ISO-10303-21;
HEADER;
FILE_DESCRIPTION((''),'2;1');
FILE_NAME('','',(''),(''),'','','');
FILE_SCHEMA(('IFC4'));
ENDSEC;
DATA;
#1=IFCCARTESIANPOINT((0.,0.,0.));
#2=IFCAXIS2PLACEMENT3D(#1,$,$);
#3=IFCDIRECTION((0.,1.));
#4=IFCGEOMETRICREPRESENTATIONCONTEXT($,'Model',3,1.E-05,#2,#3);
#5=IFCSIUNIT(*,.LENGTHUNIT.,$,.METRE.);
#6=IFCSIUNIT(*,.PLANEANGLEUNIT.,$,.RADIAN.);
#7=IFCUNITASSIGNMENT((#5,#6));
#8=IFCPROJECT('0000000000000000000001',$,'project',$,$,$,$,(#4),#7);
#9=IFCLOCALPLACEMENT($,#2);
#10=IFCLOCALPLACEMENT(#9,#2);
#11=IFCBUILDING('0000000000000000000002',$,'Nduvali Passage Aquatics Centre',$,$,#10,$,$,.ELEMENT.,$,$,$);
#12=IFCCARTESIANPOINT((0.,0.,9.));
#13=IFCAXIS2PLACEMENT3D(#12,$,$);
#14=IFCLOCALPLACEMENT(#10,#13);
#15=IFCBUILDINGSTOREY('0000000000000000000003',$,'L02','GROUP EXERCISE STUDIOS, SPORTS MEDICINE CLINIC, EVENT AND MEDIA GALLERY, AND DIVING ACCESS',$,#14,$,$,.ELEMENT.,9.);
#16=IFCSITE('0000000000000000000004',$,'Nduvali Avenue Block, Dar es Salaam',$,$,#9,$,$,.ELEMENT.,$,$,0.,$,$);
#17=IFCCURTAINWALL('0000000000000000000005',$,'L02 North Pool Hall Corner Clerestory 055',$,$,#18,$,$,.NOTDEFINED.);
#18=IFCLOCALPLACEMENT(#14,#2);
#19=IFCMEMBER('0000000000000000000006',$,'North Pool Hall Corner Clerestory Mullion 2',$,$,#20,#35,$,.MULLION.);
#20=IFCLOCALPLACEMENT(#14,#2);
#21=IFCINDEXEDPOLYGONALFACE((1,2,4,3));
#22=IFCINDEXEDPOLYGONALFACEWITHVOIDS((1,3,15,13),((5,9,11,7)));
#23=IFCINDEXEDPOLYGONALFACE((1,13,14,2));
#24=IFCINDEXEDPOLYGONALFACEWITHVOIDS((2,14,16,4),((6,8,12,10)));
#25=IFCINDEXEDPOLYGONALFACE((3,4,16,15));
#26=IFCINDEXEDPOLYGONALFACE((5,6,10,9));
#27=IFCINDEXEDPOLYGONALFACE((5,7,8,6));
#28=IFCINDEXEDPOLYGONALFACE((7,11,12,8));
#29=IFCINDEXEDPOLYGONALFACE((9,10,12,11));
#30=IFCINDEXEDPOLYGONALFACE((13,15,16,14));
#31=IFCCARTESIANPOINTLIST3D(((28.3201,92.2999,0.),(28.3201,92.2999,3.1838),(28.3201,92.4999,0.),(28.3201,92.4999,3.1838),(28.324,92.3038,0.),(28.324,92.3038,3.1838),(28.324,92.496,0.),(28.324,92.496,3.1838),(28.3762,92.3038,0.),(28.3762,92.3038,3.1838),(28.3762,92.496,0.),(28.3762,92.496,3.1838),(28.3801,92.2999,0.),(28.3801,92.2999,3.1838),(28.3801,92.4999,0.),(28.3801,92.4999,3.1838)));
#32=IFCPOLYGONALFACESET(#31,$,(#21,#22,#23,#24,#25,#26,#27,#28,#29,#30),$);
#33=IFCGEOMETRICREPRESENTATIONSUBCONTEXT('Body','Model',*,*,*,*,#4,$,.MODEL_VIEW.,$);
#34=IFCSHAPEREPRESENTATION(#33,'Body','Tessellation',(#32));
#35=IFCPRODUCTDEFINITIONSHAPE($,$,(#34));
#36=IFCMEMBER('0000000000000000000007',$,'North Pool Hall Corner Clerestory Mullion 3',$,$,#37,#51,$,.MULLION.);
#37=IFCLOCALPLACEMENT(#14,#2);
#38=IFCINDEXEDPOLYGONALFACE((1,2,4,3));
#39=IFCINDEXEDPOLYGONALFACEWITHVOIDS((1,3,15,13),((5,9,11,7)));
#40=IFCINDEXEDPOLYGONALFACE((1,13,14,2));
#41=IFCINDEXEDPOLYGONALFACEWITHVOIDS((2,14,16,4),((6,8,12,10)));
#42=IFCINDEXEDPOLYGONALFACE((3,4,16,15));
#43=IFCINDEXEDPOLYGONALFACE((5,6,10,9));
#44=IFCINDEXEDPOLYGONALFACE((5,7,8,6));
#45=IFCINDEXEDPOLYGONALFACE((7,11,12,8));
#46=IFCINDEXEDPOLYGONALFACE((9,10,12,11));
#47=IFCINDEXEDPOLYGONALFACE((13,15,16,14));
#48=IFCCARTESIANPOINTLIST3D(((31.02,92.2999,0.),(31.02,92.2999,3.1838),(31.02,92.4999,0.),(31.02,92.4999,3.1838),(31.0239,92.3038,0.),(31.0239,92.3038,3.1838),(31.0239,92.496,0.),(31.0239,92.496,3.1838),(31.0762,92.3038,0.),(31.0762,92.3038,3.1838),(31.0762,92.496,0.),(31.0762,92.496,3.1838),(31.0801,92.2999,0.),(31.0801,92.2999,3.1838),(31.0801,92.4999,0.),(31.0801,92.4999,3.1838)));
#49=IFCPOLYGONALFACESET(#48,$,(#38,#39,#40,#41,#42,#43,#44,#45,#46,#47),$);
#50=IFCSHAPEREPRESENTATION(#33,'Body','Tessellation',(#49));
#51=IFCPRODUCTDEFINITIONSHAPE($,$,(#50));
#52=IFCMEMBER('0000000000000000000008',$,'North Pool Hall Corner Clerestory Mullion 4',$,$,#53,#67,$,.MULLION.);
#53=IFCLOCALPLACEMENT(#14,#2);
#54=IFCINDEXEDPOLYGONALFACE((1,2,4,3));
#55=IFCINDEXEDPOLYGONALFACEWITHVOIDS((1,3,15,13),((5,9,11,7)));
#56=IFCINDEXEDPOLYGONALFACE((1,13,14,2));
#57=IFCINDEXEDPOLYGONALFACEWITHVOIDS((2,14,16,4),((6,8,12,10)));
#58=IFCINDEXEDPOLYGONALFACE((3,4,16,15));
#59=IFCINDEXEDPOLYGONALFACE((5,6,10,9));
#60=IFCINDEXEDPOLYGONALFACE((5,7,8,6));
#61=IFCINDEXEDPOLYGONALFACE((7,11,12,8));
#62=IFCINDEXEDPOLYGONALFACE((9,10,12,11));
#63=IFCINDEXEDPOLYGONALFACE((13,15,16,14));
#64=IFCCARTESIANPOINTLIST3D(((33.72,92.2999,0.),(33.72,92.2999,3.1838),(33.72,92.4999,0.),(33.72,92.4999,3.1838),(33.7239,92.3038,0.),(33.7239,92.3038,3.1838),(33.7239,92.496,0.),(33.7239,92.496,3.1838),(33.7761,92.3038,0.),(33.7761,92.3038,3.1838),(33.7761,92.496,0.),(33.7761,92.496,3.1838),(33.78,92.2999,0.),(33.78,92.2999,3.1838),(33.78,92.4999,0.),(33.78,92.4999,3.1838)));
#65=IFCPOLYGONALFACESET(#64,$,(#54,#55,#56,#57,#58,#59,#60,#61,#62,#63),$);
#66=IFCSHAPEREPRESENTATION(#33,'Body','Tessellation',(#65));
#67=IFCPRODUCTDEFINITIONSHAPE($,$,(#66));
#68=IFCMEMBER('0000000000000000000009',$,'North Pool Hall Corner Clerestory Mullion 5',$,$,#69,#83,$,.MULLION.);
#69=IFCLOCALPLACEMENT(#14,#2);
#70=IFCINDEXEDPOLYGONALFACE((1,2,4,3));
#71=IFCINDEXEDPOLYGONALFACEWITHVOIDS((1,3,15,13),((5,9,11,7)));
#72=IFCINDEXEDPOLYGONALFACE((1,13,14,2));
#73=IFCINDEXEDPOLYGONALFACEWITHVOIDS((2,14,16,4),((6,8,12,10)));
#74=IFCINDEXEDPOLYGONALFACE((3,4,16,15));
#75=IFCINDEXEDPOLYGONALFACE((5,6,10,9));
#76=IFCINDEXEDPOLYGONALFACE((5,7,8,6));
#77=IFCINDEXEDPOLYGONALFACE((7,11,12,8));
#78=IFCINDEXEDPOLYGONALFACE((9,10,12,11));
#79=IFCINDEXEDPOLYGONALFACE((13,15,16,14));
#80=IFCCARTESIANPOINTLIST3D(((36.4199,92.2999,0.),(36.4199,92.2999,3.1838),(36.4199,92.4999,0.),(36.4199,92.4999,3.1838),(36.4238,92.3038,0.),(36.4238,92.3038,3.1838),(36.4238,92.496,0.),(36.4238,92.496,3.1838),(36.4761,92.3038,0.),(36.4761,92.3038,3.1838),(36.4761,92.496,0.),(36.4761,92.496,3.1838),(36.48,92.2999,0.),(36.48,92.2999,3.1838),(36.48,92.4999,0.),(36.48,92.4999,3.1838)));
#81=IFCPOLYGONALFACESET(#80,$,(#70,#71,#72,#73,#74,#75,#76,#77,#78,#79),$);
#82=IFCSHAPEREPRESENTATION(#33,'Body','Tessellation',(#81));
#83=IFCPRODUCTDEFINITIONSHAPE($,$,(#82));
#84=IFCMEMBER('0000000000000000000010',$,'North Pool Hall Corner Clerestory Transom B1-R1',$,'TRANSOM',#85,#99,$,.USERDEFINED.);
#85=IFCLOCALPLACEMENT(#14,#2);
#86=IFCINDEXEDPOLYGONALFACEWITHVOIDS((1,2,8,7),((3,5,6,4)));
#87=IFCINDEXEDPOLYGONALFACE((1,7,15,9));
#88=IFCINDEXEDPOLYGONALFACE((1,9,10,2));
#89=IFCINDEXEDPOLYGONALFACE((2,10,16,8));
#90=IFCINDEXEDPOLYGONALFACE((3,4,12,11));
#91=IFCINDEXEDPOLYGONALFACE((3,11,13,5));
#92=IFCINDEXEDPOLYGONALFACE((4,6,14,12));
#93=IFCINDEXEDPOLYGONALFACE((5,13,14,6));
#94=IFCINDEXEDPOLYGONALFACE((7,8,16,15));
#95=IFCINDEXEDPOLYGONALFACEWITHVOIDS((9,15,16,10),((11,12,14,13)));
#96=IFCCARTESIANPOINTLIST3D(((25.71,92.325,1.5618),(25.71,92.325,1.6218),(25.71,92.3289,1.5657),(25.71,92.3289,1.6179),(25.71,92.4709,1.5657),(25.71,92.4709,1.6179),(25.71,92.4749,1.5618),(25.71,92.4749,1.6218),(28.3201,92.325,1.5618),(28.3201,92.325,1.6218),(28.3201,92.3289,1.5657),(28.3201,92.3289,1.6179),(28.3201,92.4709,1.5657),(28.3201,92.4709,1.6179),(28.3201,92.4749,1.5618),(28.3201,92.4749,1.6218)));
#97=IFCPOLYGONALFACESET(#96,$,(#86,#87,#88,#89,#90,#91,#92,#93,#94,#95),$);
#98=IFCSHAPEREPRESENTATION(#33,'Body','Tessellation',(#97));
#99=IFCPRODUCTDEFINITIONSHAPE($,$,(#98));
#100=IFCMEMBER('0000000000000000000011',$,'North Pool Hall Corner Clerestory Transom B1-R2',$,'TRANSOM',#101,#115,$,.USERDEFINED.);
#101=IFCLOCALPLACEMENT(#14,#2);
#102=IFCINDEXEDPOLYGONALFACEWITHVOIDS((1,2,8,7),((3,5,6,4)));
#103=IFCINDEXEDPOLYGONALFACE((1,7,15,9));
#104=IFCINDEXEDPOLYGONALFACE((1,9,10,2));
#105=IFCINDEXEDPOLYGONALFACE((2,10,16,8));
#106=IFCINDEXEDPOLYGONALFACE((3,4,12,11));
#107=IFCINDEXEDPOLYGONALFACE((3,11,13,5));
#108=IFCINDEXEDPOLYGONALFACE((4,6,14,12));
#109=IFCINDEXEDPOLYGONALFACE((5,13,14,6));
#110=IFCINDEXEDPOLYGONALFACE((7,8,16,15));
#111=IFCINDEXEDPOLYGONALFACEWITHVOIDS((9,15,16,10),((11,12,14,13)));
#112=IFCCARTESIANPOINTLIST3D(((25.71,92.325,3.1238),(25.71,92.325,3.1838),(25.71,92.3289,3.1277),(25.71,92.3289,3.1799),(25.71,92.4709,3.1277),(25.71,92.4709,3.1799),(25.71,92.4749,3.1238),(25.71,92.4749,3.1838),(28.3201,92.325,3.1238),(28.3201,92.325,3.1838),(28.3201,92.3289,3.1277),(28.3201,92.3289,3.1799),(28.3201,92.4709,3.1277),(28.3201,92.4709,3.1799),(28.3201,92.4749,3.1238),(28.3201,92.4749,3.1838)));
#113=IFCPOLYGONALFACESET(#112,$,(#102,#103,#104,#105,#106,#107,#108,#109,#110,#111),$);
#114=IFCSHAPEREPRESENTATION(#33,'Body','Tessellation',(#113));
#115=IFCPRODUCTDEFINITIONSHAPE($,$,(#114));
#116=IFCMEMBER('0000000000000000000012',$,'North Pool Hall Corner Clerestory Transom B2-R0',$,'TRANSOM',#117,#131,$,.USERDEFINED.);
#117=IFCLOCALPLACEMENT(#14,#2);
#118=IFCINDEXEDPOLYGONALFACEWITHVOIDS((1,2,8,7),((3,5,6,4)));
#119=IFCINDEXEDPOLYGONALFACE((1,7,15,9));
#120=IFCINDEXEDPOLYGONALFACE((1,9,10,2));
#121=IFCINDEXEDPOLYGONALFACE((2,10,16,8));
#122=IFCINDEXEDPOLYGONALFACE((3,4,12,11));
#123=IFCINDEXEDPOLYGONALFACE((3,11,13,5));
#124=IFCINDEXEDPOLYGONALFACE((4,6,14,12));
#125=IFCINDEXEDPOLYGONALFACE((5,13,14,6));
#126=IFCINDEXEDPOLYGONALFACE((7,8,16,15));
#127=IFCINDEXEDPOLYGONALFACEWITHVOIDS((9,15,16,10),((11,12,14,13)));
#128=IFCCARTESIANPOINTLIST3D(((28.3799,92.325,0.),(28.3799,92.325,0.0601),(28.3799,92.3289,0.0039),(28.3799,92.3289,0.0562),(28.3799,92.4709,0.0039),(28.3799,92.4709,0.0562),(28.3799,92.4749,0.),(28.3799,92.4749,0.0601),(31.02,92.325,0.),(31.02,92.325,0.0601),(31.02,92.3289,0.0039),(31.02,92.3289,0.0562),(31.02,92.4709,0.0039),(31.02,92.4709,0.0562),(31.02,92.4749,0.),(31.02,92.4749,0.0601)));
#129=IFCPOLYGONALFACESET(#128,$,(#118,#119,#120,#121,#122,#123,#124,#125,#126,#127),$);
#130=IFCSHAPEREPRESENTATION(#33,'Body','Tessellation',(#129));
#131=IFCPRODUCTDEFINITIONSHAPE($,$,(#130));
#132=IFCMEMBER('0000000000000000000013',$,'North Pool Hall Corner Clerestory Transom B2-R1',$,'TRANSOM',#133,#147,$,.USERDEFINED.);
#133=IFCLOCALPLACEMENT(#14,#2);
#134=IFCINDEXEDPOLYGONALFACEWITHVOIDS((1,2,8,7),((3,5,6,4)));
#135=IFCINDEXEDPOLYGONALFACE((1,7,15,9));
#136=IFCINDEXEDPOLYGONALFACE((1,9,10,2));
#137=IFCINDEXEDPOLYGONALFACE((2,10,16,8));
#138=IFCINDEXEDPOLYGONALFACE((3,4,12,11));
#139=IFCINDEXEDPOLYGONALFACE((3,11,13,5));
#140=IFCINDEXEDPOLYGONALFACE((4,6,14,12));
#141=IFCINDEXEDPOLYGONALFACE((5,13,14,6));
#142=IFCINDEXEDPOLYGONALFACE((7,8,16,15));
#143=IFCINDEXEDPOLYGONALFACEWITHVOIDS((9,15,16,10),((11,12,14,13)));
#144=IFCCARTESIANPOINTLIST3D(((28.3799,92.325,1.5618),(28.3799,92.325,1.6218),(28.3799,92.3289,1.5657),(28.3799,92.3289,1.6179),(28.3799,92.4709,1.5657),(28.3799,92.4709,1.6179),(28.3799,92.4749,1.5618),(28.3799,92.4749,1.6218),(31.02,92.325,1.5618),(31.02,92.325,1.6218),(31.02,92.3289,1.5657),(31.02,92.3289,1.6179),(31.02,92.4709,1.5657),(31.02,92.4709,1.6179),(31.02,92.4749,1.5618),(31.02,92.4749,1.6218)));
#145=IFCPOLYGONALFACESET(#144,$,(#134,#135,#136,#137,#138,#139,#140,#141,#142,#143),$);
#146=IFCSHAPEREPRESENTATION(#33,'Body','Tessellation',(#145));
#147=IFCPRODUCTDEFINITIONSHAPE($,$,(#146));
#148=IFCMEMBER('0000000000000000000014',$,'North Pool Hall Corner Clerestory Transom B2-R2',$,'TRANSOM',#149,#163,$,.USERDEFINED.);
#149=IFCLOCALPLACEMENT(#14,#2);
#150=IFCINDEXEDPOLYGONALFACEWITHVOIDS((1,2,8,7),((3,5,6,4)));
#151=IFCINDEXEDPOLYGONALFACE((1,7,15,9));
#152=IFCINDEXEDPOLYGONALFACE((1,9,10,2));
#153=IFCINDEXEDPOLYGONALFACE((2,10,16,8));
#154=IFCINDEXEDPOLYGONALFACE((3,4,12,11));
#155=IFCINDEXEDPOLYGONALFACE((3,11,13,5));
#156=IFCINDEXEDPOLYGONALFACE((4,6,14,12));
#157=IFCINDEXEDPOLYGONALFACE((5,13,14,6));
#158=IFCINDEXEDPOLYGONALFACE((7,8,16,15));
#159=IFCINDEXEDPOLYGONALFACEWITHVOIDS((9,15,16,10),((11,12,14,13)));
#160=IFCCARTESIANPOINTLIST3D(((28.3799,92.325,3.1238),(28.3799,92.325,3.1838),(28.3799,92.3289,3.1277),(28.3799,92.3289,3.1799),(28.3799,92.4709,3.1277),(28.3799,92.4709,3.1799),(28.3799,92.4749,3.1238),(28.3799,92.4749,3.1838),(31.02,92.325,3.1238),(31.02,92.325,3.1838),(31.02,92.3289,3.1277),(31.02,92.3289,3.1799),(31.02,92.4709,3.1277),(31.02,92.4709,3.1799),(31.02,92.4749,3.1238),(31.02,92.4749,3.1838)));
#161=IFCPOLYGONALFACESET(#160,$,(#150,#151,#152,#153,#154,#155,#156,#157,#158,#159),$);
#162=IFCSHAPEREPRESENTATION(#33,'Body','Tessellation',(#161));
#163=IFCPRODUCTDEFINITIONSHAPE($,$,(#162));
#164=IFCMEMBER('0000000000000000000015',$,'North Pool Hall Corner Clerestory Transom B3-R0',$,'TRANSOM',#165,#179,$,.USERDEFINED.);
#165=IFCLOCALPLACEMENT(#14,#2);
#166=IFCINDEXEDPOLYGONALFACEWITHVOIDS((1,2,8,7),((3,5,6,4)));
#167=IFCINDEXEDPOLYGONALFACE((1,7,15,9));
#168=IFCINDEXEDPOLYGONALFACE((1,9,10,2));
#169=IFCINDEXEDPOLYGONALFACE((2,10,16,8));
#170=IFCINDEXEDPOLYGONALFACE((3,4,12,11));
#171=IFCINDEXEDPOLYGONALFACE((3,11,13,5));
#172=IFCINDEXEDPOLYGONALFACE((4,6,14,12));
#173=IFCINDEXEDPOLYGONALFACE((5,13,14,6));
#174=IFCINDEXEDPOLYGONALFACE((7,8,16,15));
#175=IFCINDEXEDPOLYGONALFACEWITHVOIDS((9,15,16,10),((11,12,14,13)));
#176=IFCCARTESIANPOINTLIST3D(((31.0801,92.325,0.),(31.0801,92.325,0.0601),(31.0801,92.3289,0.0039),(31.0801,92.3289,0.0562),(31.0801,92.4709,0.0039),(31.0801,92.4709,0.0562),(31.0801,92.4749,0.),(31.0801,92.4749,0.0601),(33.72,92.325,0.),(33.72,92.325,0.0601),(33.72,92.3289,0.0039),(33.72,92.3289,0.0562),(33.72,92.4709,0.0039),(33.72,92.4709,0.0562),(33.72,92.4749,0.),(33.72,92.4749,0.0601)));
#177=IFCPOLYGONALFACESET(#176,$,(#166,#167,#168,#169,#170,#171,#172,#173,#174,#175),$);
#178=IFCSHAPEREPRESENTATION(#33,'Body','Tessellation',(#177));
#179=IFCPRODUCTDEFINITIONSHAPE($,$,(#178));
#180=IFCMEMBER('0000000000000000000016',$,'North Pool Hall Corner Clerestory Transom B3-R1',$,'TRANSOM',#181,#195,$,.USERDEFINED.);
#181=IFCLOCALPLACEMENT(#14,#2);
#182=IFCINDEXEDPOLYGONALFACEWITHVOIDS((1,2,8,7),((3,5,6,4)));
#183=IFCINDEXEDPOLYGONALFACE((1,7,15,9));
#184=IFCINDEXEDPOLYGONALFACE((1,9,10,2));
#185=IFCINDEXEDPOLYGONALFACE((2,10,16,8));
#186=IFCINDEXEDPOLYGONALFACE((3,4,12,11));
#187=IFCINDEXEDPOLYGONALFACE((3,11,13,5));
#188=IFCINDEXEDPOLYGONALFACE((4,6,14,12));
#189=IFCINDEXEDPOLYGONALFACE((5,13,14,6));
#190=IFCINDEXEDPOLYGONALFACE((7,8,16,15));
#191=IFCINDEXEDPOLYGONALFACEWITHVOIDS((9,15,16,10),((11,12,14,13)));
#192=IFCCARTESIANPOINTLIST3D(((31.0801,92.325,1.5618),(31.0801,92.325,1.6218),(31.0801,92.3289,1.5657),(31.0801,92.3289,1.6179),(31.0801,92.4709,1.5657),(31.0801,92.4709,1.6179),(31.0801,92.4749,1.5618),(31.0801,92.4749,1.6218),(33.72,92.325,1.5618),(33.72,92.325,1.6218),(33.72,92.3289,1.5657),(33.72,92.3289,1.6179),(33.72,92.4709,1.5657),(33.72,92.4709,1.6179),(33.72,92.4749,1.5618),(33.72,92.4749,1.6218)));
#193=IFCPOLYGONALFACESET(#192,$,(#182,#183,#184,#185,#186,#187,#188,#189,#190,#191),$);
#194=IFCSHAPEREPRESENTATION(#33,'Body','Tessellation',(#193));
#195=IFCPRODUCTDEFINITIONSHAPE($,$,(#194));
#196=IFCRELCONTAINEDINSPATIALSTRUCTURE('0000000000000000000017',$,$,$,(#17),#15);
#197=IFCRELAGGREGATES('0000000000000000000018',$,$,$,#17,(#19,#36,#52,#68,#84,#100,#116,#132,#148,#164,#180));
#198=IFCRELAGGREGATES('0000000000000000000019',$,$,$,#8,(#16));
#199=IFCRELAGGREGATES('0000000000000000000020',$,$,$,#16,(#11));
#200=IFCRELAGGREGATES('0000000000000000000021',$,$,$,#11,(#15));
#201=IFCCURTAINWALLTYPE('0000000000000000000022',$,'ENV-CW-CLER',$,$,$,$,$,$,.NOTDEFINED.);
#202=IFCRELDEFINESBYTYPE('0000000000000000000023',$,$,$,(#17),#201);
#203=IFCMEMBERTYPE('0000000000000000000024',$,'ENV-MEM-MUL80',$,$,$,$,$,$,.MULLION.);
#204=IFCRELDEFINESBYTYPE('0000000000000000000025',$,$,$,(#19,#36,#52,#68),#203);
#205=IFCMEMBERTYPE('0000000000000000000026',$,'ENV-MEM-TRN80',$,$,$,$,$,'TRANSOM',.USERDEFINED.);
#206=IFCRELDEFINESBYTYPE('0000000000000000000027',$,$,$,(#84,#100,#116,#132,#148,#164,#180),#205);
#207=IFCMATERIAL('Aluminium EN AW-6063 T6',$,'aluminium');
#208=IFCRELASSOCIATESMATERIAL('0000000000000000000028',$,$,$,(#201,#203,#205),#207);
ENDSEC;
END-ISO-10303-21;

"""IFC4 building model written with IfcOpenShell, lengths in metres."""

from ifc_helpers import new_model, si_unit, direction, frame, origin, origin_2d, place, context, subcontext, project, spatial, hollow_rectangle, extrude, material, material_profile, profile_set, type_object, element, aggregate, save


model = new_model("IFC4")

# Units and contexts
model_context = context("Model", 3, precision=1e-05, world=origin(), true_north=direction((0.0, 1.0)))
body_context = subcontext(model_context, "Body", "Model", "MODEL_VIEW")
ifc_project = project(units=[si_unit("LENGTHUNIT", "METRE"), si_unit("PLANEANGLEUNIT", "RADIAN")], contexts=[model_context])

# Site, building, storey
site_placement = place(None, origin())
site = spatial("IfcSite", under=ifc_project, at=site_placement, Name="Nduvali Avenue Block, Dar es Salaam", CompositionType="ELEMENT", RefElevation=0.0)
building_placement = place(site_placement, origin())
building = spatial("IfcBuilding", under=site, at=building_placement, Name="Nduvali Passage Aquatics Centre", CompositionType="ELEMENT")
storey_placement = place(building_placement, frame((0.0, 0.0, 9.0)))
storey = spatial("IfcBuildingStorey", under=building, at=storey_placement, Name="L02", Description="GROUP EXERCISE STUDIOS, SPORTS MEDICINE CLINIC, EVENT AND MEDIA GALLERY, AND DIVING ACCESS", CompositionType="ELEMENT", Elevation=9.0)

# Curtain wall, members
ifc_material_1 = material(Name="Aluminium EN AW-6063 T6", Category="aluminium")
curtain_wall_type = type_object("IfcCurtainWallType", Name="ENV-CW-CLER", PredefinedType="NOTDEFINED", material=ifc_material_1)
curtain_wall_placement = place(storey_placement, origin())
curtain_wall = element("IfcCurtainWall", 1, at=curtain_wall_placement, inside=storey, type_object=curtain_wall_type, Name="L02 North Pool Hall Corner Clerestory 055", PredefinedType="NOTDEFINED")
ifc_material_profile_1 = material_profile(ifc_material_1, hollow_rectangle(XDim=0.0601, YDim=0.2, WallThickness=0.0039, at=origin_2d()), Name="ALU MULLION 60x200x4")
ifc_profile_set_1 = profile_set([ifc_material_profile_1], Name="Aluminium EN AW-6063 T6")
member_type_1 = type_object("IfcMemberType", Name="ENV-MEM-MUL80", PredefinedType="MULLION", material=ifc_profile_set_1)
member_1_placement = place(storey_placement, frame((28.3501, 92.3999, 0.0), z_axis=(0.0, 0.0, 1.0), x_axis=(1.0, 0.0, 0.0)))
member_1 = element("IfcMember", 2, at=member_1_placement, type_object=member_type_1, Name="North Pool Hall Corner Clerestory Mullion 2", PredefinedType="MULLION", context=body_context, shape_type="SweptSolid", body=[
    extrude(hollow_rectangle(XDim=0.0601, YDim=0.2, WallThickness=0.0039, at=origin_2d()), origin(), (0.0, 0.0, 1.0), 3.1838),
])
member_2_placement = place(storey_placement, frame((31.05, 92.3999, 0.0), z_axis=(0.0, 0.0, 1.0), x_axis=(1.0, 0.0, 0.0)))
member_2 = element("IfcMember", 3, at=member_2_placement, type_object=member_type_1, Name="North Pool Hall Corner Clerestory Mullion 3", PredefinedType="MULLION", context=body_context, shape_type="SweptSolid", body=[
    extrude(hollow_rectangle(XDim=0.0601, YDim=0.2, WallThickness=0.0039, at=origin_2d()), origin(), (0.0, 0.0, 1.0), 3.1838),
])
member_3_placement = place(storey_placement, frame((33.75, 92.3999, 0.0), z_axis=(0.0, 0.0, 1.0), x_axis=(1.0, 0.0, 0.0)))
member_3 = element("IfcMember", 4, at=member_3_placement, type_object=member_type_1, Name="North Pool Hall Corner Clerestory Mullion 4", PredefinedType="MULLION", context=body_context, shape_type="SweptSolid", body=[
    extrude(hollow_rectangle(XDim=0.0601, YDim=0.2, WallThickness=0.0039, at=origin_2d()), origin(), (0.0, 0.0, 1.0), 3.1838),
])
member_4_placement = place(storey_placement, frame((36.45, 92.3999, 0.0), z_axis=(0.0, 0.0, 1.0), x_axis=(1.0, 0.0, 0.0)))
member_4 = element("IfcMember", 5, at=member_4_placement, type_object=member_type_1, Name="North Pool Hall Corner Clerestory Mullion 5", PredefinedType="MULLION", context=body_context, shape_type="SweptSolid", body=[
    extrude(hollow_rectangle(XDim=0.0601, YDim=0.2, WallThickness=0.0039, at=origin_2d()), origin(), (0.0, 0.0, 1.0), 3.1838),
])
ifc_material_profile_2 = material_profile(ifc_material_1, hollow_rectangle(XDim=0.1499, YDim=0.0601, WallThickness=0.0039, at=origin_2d()), Name="ALU TRANSOM 150x60x4")
ifc_profile_set_2 = profile_set([ifc_material_profile_2], Name="Aluminium EN AW-6063 T6")
member_type_2 = type_object("IfcMemberType", Name="ENV-MEM-TRN80", ElementType="TRANSOM", PredefinedType="USERDEFINED", material=ifc_profile_set_2)
member_5_placement = place(storey_placement, frame((25.71, 92.3999, 1.5918), z_axis=(1.0, 0.0, 0.0), x_axis=(0.0, 1.0, 0.0)))
member_5 = element("IfcMember", 6, at=member_5_placement, type_object=member_type_2, Name="North Pool Hall Corner Clerestory Transom B1-R1", ObjectType="TRANSOM", PredefinedType="USERDEFINED", context=body_context, shape_type="SweptSolid", body=[
    extrude(hollow_rectangle(XDim=0.1499, YDim=0.0601, WallThickness=0.0039, at=origin_2d()), origin(), (0.0, 0.0, 1.0), 2.6101),
])
member_6_placement = place(storey_placement, frame((25.71, 92.3999, 3.1538), z_axis=(1.0, 0.0, 0.0), x_axis=(0.0, 1.0, 0.0)))
member_6 = element("IfcMember", 7, at=member_6_placement, type_object=member_type_2, Name="North Pool Hall Corner Clerestory Transom B1-R2", ObjectType="TRANSOM", PredefinedType="USERDEFINED", context=body_context, shape_type="SweptSolid", body=[
    extrude(hollow_rectangle(XDim=0.1499, YDim=0.0601, WallThickness=0.0039, at=origin_2d()), origin(), (0.0, 0.0, 1.0), 2.6101),
])
member_7_placement = place(storey_placement, frame((28.3799, 92.3999, 0.03), z_axis=(1.0, 0.0, 0.0), x_axis=(0.0, 1.0, 0.0)))
member_7 = element("IfcMember", 8, at=member_7_placement, type_object=member_type_2, Name="North Pool Hall Corner Clerestory Transom B2-R0", ObjectType="TRANSOM", PredefinedType="USERDEFINED", context=body_context, shape_type="SweptSolid", body=[
    extrude(hollow_rectangle(XDim=0.1499, YDim=0.0601, WallThickness=0.0039, at=origin_2d()), origin(), (0.0, 0.0, 1.0), 2.6401),
])
member_8_placement = place(storey_placement, frame((28.3799, 92.3999, 1.5918), z_axis=(1.0, 0.0, 0.0), x_axis=(0.0, 1.0, 0.0)))
member_8 = element("IfcMember", 9, at=member_8_placement, type_object=member_type_2, Name="North Pool Hall Corner Clerestory Transom B2-R1", ObjectType="TRANSOM", PredefinedType="USERDEFINED", context=body_context, shape_type="SweptSolid", body=[
    extrude(hollow_rectangle(XDim=0.1499, YDim=0.0601, WallThickness=0.0039, at=origin_2d()), origin(), (0.0, 0.0, 1.0), 2.6401),
])
member_9_placement = place(storey_placement, frame((28.3799, 92.3999, 3.1538), z_axis=(1.0, 0.0, 0.0), x_axis=(0.0, 1.0, 0.0)))
member_9 = element("IfcMember", 10, at=member_9_placement, type_object=member_type_2, Name="North Pool Hall Corner Clerestory Transom B2-R2", ObjectType="TRANSOM", PredefinedType="USERDEFINED", context=body_context, shape_type="SweptSolid", body=[
    extrude(hollow_rectangle(XDim=0.1499, YDim=0.0601, WallThickness=0.0039, at=origin_2d()), origin(), (0.0, 0.0, 1.0), 2.6401),
])
member_10_placement = place(storey_placement, frame((31.0801, 92.3999, 0.03), z_axis=(1.0, 0.0, 0.0), x_axis=(0.0, 1.0, 0.0)))
member_10 = element("IfcMember", 11, at=member_10_placement, type_object=member_type_2, Name="North Pool Hall Corner Clerestory Transom B3-R0", ObjectType="TRANSOM", PredefinedType="USERDEFINED", context=body_context, shape_type="SweptSolid", body=[
    extrude(hollow_rectangle(XDim=0.1499, YDim=0.0601, WallThickness=0.0039, at=origin_2d()), origin(), (0.0, 0.0, 1.0), 2.6399),
])
member_11_placement = place(storey_placement, frame((31.0801, 92.3999, 1.5918), z_axis=(1.0, 0.0, 0.0), x_axis=(0.0, 1.0, 0.0)))
member_11 = element("IfcMember", 12, at=member_11_placement, type_object=member_type_2, Name="North Pool Hall Corner Clerestory Transom B3-R1", ObjectType="TRANSOM", PredefinedType="USERDEFINED", context=body_context, shape_type="SweptSolid", body=[
    extrude(hollow_rectangle(XDim=0.1499, YDim=0.0601, WallThickness=0.0039, at=origin_2d()), origin(), (0.0, 0.0, 1.0), 2.6399),
])
aggregate(curtain_wall, [member_1, member_2, member_3, member_4, member_5, member_6, member_7, member_8, member_9, member_10, member_11])

save(model, "model.ifc")
